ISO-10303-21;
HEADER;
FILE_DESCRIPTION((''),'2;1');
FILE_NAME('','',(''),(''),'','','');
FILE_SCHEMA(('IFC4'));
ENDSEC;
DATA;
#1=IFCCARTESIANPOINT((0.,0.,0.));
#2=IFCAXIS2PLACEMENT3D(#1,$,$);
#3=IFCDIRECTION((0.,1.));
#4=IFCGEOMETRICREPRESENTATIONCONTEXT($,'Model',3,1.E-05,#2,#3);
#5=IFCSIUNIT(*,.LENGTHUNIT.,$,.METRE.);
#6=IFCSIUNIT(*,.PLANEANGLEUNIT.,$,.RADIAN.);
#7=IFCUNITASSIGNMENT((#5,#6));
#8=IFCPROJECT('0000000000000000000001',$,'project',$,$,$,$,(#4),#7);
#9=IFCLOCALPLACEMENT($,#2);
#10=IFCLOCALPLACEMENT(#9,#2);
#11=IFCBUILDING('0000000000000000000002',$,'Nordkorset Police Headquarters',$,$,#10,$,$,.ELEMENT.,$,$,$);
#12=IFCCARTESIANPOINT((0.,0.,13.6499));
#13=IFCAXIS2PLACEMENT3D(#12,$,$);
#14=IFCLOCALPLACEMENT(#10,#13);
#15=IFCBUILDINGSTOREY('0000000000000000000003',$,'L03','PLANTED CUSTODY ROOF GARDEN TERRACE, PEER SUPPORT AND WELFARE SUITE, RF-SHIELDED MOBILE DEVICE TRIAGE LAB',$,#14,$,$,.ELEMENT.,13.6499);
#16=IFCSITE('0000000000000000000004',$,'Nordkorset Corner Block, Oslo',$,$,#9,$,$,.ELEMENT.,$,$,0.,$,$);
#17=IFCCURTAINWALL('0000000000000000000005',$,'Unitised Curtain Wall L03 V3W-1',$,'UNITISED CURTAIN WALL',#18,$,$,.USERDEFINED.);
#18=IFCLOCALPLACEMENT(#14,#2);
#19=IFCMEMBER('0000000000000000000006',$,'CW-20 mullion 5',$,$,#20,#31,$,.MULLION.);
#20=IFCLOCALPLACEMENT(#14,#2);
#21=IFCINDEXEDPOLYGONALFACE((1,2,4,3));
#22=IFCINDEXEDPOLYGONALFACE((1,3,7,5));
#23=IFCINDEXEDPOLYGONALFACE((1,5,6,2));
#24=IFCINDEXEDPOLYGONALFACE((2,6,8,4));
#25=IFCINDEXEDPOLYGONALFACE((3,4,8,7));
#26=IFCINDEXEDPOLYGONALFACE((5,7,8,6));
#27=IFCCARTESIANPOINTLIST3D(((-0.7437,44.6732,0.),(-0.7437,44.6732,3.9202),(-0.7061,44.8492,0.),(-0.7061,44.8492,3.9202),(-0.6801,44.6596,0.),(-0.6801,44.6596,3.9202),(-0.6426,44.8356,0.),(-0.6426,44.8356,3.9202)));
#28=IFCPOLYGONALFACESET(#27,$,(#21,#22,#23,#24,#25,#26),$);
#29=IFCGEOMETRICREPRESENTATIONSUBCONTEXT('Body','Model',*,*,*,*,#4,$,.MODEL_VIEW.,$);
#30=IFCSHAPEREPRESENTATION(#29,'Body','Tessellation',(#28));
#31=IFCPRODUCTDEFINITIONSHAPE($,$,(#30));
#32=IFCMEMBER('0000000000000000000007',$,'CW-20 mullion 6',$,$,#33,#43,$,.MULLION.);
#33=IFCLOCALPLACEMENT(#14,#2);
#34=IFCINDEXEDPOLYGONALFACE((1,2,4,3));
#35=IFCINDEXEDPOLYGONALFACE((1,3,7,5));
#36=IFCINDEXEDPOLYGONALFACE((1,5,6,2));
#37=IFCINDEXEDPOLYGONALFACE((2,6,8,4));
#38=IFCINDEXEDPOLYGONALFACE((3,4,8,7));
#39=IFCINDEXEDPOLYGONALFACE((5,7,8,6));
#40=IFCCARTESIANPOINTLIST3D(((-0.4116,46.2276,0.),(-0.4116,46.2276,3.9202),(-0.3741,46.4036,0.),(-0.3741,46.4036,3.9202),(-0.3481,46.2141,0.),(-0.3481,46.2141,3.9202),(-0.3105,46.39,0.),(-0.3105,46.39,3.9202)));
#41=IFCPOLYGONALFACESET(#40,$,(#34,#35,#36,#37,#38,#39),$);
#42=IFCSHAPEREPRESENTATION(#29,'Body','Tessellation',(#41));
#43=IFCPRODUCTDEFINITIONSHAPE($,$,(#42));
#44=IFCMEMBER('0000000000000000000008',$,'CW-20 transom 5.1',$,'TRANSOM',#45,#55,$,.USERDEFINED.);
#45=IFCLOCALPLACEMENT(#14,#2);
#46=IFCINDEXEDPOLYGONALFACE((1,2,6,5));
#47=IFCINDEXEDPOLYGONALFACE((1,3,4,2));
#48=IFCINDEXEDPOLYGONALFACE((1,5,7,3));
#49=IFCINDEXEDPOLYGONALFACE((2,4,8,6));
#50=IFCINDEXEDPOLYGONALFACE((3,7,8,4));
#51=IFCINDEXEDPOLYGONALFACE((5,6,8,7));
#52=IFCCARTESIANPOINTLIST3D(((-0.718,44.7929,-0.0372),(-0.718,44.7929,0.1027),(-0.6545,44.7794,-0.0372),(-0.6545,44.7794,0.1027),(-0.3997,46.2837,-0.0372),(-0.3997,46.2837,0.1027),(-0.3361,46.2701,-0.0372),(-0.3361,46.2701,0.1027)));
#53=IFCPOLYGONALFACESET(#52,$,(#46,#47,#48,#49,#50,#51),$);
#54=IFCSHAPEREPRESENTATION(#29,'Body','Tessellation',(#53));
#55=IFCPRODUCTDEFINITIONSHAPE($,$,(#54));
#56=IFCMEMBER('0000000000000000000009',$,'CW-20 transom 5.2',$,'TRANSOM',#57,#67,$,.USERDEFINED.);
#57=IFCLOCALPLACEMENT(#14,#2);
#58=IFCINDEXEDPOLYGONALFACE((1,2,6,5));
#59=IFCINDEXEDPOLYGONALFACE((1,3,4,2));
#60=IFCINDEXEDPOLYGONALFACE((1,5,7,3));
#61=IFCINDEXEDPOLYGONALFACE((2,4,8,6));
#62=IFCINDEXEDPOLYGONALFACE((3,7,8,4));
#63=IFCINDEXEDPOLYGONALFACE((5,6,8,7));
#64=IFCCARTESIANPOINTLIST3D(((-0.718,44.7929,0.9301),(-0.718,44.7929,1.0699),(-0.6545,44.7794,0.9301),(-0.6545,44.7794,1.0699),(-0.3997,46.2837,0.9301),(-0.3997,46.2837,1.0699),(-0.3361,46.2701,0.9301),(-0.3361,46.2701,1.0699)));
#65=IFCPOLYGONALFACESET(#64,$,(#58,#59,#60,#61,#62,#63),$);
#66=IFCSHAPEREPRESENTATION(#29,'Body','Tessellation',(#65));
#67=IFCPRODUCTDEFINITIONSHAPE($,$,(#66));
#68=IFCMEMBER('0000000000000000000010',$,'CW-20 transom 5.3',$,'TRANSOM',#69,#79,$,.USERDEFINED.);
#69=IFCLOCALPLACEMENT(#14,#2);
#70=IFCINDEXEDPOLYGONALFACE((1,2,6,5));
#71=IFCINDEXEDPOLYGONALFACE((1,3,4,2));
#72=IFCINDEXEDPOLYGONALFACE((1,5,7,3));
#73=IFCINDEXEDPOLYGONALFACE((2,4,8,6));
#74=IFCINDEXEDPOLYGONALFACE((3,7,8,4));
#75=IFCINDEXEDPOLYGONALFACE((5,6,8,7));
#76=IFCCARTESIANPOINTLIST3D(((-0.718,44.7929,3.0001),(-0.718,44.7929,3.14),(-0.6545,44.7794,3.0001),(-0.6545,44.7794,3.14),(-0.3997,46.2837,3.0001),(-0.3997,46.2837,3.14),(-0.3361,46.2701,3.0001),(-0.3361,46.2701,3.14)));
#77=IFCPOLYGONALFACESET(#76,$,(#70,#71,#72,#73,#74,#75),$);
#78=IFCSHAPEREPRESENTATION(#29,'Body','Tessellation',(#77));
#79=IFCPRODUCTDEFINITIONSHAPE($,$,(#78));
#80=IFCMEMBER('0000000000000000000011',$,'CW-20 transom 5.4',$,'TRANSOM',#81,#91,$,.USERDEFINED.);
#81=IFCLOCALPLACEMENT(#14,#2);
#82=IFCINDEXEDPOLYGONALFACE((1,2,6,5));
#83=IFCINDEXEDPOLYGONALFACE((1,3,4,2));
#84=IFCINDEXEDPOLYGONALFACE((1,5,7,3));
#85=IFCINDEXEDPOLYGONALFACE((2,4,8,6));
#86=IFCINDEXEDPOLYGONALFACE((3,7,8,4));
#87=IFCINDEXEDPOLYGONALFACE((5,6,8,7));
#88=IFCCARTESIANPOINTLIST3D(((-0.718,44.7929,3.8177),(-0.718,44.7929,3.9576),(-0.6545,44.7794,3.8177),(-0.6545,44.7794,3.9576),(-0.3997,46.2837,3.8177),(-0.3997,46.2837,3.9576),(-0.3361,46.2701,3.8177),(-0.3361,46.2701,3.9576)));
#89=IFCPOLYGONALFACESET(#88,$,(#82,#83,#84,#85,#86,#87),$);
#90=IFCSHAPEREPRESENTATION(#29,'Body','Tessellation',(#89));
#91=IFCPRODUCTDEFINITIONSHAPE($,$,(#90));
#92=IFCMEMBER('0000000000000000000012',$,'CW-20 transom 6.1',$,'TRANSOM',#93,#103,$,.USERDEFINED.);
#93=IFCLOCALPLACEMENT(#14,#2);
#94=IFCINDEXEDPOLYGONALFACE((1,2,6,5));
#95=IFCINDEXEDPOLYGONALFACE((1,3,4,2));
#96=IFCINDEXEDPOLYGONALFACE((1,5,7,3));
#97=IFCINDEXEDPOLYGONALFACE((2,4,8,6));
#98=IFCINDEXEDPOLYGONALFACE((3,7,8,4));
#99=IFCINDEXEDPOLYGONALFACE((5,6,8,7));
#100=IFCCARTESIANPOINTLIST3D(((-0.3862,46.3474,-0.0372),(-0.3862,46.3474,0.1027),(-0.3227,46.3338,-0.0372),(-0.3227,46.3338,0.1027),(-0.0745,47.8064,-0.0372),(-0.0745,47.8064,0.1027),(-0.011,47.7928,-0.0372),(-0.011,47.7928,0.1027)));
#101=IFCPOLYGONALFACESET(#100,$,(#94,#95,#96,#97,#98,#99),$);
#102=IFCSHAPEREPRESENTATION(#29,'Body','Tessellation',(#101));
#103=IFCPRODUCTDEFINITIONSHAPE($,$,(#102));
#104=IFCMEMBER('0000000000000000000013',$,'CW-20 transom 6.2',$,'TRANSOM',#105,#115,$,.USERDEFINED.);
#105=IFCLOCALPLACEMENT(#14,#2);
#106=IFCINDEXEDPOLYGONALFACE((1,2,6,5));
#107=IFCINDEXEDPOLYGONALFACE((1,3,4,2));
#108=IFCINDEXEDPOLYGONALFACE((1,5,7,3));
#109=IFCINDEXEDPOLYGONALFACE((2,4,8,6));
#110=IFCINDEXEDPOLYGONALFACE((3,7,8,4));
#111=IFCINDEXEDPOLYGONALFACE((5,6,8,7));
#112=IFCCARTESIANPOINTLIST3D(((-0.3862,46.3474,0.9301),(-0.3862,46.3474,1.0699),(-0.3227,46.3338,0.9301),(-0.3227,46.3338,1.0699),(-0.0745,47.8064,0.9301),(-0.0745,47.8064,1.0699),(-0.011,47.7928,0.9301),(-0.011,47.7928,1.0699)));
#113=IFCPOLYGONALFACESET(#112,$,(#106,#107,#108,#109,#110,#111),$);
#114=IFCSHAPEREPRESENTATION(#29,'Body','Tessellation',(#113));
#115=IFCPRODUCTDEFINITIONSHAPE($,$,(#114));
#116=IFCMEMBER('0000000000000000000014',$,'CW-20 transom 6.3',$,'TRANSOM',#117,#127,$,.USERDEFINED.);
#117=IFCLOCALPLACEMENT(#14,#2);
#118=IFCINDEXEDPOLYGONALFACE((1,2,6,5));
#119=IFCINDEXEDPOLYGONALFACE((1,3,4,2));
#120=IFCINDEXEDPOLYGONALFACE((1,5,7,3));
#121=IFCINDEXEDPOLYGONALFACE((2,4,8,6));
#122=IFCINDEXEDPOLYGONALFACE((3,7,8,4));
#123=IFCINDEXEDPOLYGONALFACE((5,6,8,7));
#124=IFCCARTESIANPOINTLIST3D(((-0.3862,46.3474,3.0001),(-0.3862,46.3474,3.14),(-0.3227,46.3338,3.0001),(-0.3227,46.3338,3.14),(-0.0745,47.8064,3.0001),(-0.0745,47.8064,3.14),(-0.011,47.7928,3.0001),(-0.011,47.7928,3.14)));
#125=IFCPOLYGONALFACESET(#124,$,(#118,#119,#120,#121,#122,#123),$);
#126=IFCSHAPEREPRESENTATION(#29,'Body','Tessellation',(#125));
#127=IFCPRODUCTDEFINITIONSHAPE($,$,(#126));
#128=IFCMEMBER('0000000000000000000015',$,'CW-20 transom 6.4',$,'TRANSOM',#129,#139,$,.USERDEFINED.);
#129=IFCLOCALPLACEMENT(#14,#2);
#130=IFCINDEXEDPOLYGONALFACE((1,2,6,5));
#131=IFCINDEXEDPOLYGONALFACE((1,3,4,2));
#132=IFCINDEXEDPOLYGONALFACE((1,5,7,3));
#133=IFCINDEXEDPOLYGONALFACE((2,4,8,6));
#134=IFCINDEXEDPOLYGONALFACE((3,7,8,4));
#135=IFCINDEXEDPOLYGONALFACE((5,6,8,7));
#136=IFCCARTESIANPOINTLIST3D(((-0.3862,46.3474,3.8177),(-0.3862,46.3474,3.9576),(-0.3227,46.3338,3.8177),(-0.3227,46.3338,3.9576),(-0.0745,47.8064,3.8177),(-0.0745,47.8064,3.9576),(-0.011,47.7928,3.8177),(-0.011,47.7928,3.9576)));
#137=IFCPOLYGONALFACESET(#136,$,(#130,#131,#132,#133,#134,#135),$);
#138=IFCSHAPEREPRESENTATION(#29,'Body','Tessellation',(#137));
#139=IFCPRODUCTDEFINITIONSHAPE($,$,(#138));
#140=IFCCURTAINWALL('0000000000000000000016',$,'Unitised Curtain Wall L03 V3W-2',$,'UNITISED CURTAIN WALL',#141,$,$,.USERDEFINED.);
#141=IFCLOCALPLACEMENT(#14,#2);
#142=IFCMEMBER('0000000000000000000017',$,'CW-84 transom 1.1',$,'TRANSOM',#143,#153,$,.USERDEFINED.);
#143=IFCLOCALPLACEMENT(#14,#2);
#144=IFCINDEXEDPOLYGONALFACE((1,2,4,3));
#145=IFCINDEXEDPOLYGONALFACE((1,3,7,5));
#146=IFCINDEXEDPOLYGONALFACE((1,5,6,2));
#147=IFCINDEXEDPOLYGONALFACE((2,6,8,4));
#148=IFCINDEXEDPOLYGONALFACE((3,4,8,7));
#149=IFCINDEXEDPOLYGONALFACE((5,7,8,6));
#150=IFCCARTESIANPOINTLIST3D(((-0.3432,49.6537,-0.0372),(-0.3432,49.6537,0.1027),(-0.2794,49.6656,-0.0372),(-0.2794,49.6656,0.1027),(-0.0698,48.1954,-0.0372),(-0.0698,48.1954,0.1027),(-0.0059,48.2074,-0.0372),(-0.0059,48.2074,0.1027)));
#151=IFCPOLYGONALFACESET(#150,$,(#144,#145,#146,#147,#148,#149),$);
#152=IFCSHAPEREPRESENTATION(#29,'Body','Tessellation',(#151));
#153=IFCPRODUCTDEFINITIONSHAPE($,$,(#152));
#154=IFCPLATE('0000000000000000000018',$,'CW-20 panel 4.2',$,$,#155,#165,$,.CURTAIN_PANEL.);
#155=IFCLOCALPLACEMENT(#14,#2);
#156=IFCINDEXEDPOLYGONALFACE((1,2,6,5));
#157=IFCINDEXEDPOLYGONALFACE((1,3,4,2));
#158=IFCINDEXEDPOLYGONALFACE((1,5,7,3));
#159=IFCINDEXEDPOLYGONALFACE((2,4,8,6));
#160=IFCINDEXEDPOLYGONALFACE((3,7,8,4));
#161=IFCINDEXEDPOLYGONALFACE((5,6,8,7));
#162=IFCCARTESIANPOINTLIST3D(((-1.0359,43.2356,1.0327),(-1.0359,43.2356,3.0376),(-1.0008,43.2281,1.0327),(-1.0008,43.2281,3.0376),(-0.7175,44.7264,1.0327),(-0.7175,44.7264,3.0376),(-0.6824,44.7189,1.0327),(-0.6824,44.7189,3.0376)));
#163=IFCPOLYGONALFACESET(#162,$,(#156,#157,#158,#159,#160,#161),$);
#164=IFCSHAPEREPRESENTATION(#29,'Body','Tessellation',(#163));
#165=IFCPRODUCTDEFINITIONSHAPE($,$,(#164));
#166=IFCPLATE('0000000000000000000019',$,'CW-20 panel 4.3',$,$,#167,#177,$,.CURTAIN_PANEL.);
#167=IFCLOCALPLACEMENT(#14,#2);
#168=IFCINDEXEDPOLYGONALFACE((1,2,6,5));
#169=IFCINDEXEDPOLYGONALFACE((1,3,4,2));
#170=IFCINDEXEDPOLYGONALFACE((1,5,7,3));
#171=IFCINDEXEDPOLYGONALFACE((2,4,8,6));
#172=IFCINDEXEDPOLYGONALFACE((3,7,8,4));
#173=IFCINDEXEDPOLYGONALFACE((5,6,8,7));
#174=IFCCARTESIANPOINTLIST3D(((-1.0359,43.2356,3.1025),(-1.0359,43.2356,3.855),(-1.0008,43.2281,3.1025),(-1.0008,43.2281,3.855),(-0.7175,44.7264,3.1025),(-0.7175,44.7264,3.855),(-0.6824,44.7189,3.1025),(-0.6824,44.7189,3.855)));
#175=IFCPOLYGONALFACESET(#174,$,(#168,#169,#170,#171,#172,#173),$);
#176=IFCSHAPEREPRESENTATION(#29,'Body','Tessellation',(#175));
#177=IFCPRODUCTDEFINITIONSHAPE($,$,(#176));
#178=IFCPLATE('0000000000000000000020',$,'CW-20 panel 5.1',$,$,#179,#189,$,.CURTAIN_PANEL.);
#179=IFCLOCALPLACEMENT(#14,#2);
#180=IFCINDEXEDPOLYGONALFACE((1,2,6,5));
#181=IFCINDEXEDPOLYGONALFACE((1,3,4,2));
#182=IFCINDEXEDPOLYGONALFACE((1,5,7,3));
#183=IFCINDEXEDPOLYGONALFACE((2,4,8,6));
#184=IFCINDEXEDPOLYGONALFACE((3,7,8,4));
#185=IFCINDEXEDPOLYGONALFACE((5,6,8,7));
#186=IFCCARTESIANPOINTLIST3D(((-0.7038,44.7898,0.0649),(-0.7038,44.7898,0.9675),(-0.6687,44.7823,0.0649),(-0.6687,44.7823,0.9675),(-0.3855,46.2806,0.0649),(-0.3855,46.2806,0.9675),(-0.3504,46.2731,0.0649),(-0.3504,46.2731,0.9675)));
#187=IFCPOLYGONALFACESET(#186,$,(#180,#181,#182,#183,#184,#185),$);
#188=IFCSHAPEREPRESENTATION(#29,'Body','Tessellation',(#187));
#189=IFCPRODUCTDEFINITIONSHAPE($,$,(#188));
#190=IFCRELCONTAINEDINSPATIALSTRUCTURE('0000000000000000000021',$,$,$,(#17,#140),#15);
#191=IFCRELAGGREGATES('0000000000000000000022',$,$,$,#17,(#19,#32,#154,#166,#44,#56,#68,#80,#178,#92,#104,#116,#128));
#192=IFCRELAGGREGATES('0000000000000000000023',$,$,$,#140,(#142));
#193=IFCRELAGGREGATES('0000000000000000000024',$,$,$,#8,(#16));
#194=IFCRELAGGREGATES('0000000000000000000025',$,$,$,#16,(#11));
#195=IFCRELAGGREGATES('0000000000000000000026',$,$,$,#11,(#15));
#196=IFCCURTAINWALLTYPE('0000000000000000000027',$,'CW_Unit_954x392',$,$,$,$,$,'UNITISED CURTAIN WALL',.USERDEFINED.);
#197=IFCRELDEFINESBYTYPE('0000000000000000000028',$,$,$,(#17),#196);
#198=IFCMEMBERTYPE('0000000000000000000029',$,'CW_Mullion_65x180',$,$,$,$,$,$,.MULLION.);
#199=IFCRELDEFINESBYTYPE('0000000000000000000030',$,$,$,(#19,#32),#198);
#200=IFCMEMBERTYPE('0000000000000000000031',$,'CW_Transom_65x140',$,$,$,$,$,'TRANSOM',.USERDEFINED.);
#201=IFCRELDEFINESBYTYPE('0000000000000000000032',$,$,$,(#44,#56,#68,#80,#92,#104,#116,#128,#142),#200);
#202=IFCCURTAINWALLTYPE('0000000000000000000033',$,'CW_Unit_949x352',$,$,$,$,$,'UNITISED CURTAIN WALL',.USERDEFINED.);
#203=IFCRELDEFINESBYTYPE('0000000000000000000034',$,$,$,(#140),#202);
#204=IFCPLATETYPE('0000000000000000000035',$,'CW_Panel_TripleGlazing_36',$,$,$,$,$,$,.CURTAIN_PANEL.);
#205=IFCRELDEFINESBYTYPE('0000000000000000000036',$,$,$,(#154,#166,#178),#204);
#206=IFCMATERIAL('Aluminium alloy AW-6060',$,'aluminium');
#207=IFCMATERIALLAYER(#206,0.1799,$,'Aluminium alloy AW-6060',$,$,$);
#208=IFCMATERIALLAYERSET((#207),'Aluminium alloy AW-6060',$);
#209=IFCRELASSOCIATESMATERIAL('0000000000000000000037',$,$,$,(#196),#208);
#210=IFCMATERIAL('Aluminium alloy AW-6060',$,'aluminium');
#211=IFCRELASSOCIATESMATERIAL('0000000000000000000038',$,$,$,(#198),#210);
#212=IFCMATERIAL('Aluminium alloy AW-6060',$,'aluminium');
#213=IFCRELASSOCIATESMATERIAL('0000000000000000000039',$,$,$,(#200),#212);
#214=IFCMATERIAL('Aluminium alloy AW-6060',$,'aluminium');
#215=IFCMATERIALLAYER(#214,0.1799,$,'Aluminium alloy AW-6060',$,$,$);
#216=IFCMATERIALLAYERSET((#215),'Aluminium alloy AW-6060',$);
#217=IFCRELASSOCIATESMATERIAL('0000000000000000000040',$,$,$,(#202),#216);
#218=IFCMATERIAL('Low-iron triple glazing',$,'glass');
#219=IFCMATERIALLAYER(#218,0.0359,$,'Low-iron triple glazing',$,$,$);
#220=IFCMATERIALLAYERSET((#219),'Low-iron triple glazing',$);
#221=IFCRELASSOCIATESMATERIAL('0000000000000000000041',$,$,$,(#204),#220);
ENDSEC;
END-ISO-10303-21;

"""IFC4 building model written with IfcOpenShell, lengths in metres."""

from ifc_helpers import new_model, si_unit, direction, frame, origin, origin_2d, place, context, subcontext, project, spatial, rectangle, extrude, material, layer, layer_set, material_profile, profile_set, type_object, element, aggregate, save


model = new_model("IFC4")

# Units and contexts
model_context = context("Model", 3, precision=1e-05, world=origin(), true_north=direction((0.0, 1.0)))
body_context = subcontext(model_context, "Body", "Model", "MODEL_VIEW")
ifc_project = project(units=[si_unit("LENGTHUNIT", "METRE"), si_unit("PLANEANGLEUNIT", "RADIAN")], contexts=[model_context])

# Site, building, storey
site_placement = place(None, origin())
site = spatial("IfcSite", under=ifc_project, at=site_placement, Name="Nordkorset Corner Block, Oslo", CompositionType="ELEMENT", RefElevation=0.0)
building_placement = place(site_placement, origin())
building = spatial("IfcBuilding", under=site, at=building_placement, Name="Nordkorset Police Headquarters", CompositionType="ELEMENT")
storey_placement = place(building_placement, frame((0.0, 0.0, 13.6499)))
storey = spatial("IfcBuildingStorey", under=building, at=storey_placement, Name="L03", Description="PLANTED CUSTODY ROOF GARDEN TERRACE, PEER SUPPORT AND WELFARE SUITE, RF-SHIELDED MOBILE DEVICE TRIAGE LAB", CompositionType="ELEMENT", Elevation=13.6499)

# Curtain wall, members
ifc_material_1 = material(Name="Aluminium alloy AW-6060", Category="aluminium")
ifc_layer_1 = layer(ifc_material_1, 0.1799, Name="Aluminium alloy AW-6060")
ifc_layer_set_1 = layer_set([ifc_layer_1], Name="Aluminium alloy AW-6060")
curtain_wall_type_1 = type_object("IfcCurtainWallType", Name="CW_Unit_954x392", ElementType="UNITISED CURTAIN WALL", PredefinedType="USERDEFINED", material=ifc_layer_set_1)
curtain_wall_1_placement = place(storey_placement, origin())
curtain_wall_1 = element("IfcCurtainWall", 1, at=curtain_wall_1_placement, inside=storey, type_object=curtain_wall_type_1, Name="Unitised Curtain Wall L03 V3W-1", ObjectType="UNITISED CURTAIN WALL", PredefinedType="USERDEFINED")
ifc_material_2 = material(Name="Aluminium alloy AW-6060", Category="aluminium")
ifc_material_profile_1 = material_profile(ifc_material_2, rectangle(XDim=0.0649, YDim=0.1799, at=origin_2d()), Name="ALU MULL 65x180")
ifc_profile_set_1 = profile_set([ifc_material_profile_1], Name="Aluminium alloy AW-6060")
member_type_1 = type_object("IfcMemberType", Name="CW_Mullion_65x180", PredefinedType="MULLION", material=ifc_profile_set_1)
member_1_placement = place(storey_placement, frame((-0.6931, 44.7544, 0.0), z_axis=(0.0, 0.0, 1.0), x_axis=(-0.977951, 0.208833, 0.0)))
member_1 = element("IfcMember", 2, at=member_1_placement, type_object=member_type_1, Name="CW-20 mullion 5", PredefinedType="MULLION", context=body_context, shape_type="SweptSolid", body=[
    extrude(rectangle(XDim=0.0649, YDim=0.1799, at=origin_2d()), origin(), (0.0, 0.0, 1.0), 3.9202),
])
member_2_placement = place(storey_placement, frame((-0.3611, 46.3088, 0.0), z_axis=(0.0, 0.0, 1.0), x_axis=(-0.977951, 0.208833, 0.0)))
member_2 = element("IfcMember", 3, at=member_2_placement, type_object=member_type_1, Name="CW-20 mullion 6", PredefinedType="MULLION", context=body_context, shape_type="SweptSolid", body=[
    extrude(rectangle(XDim=0.0649, YDim=0.1799, at=origin_2d()), origin(), (0.0, 0.0, 1.0), 3.9202),
])
ifc_material_3 = material(Name="Aluminium alloy AW-6060", Category="aluminium")
ifc_material_profile_2 = material_profile(ifc_material_3, rectangle(XDim=0.0649, YDim=0.1399, at=origin_2d()), Name="ALU TRAN 65x140")
ifc_profile_set_2 = profile_set([ifc_material_profile_2], Name="Aluminium alloy AW-6060")
member_type_2 = type_object("IfcMemberType", Name="CW_Transom_65x140", ElementType="TRANSOM", PredefinedType="USERDEFINED", material=ifc_profile_set_2)
member_3_placement = place(storey_placement, frame((-0.6863, 44.7861, 0.0327), z_axis=(0.208851, 0.977947, 0.0), x_axis=(-0.977947, 0.208851, 0.0)))
member_3 = element("IfcMember", 4, at=member_3_placement, type_object=member_type_2, Name="CW-20 transom 5.1", ObjectType="TRANSOM", PredefinedType="USERDEFINED", context=body_context, shape_type="SweptSolid", body=[
    extrude(rectangle(XDim=0.0649, YDim=0.1399, at=origin_2d()), origin(), (0.0, 0.0, 1.0), 1.5244),
])
member_4_placement = place(storey_placement, frame((-0.6863, 44.7861, 1.0), z_axis=(0.208851, 0.977947, 0.0), x_axis=(-0.977947, 0.208851, 0.0)))
member_4 = element("IfcMember", 5, at=member_4_placement, type_object=member_type_2, Name="CW-20 transom 5.2", ObjectType="TRANSOM", PredefinedType="USERDEFINED", context=body_context, shape_type="SweptSolid", body=[
    extrude(rectangle(XDim=0.0649, YDim=0.1399, at=origin_2d()), origin(), (0.0, 0.0, 1.0), 1.5244),
])
member_5_placement = place(storey_placement, frame((-0.6863, 44.7861, 3.0701), z_axis=(0.208851, 0.977947, 0.0), x_axis=(-0.977947, 0.208851, 0.0)))
member_5 = element("IfcMember", 6, at=member_5_placement, type_object=member_type_2, Name="CW-20 transom 5.3", ObjectType="TRANSOM", PredefinedType="USERDEFINED", context=body_context, shape_type="SweptSolid", body=[
    extrude(rectangle(XDim=0.0649, YDim=0.1399, at=origin_2d()), origin(), (0.0, 0.0, 1.0), 1.5244),
])
member_6_placement = place(storey_placement, frame((-0.6863, 44.7861, 3.8877), z_axis=(0.208851, 0.977947, 0.0), x_axis=(-0.977947, 0.208851, 0.0)))
member_6 = element("IfcMember", 7, at=member_6_placement, type_object=member_type_2, Name="CW-20 transom 5.4", ObjectType="TRANSOM", PredefinedType="USERDEFINED", context=body_context, shape_type="SweptSolid", body=[
    extrude(rectangle(XDim=0.0649, YDim=0.1399, at=origin_2d()), origin(), (0.0, 0.0, 1.0), 1.5244),
])
member_7_placement = place(storey_placement, frame((-0.3545, 46.3406, 0.0327), z_axis=(0.20897, 0.977922, 0.0), x_axis=(-0.977922, 0.20897, 0.0)))
member_7 = element("IfcMember", 8, at=member_7_placement, type_object=member_type_2, Name="CW-20 transom 6.1", ObjectType="TRANSOM", PredefinedType="USERDEFINED", context=body_context, shape_type="SweptSolid", body=[
    extrude(rectangle(XDim=0.0649, YDim=0.1399, at=origin_2d()), origin(), (0.0, 0.0, 1.0), 1.4919),
])
member_8_placement = place(storey_placement, frame((-0.3545, 46.3406, 1.0), z_axis=(0.20897, 0.977922, 0.0), x_axis=(-0.977922, 0.20897, 0.0)))
member_8 = element("IfcMember", 9, at=member_8_placement, type_object=member_type_2, Name="CW-20 transom 6.2", ObjectType="TRANSOM", PredefinedType="USERDEFINED", context=body_context, shape_type="SweptSolid", body=[
    extrude(rectangle(XDim=0.0649, YDim=0.1399, at=origin_2d()), origin(), (0.0, 0.0, 1.0), 1.4919),
])
member_9_placement = place(storey_placement, frame((-0.3545, 46.3406, 3.0701), z_axis=(0.20897, 0.977922, 0.0), x_axis=(-0.977922, 0.20897, 0.0)))
member_9 = element("IfcMember", 10, at=member_9_placement, type_object=member_type_2, Name="CW-20 transom 6.3", ObjectType="TRANSOM", PredefinedType="USERDEFINED", context=body_context, shape_type="SweptSolid", body=[
    extrude(rectangle(XDim=0.0649, YDim=0.1399, at=origin_2d()), origin(), (0.0, 0.0, 1.0), 1.4919),
])
member_10_placement = place(storey_placement, frame((-0.3545, 46.3406, 3.8877), z_axis=(0.20897, 0.977922, 0.0), x_axis=(-0.977922, 0.20897, 0.0)))
member_10 = element("IfcMember", 11, at=member_10_placement, type_object=member_type_2, Name="CW-20 transom 6.4", ObjectType="TRANSOM", PredefinedType="USERDEFINED", context=body_context, shape_type="SweptSolid", body=[
    extrude(rectangle(XDim=0.0649, YDim=0.1399, at=origin_2d()), origin(), (0.0, 0.0, 1.0), 1.4919),
])

# Curtain wall, member
ifc_material_4 = material(Name="Aluminium alloy AW-6060", Category="aluminium")
ifc_layer_2 = layer(ifc_material_4, 0.1799, Name="Aluminium alloy AW-6060")
ifc_layer_set_2 = layer_set([ifc_layer_2], Name="Aluminium alloy AW-6060")
curtain_wall_type_2 = type_object("IfcCurtainWallType", Name="CW_Unit_949x352", ElementType="UNITISED CURTAIN WALL", PredefinedType="USERDEFINED", material=ifc_layer_set_2)
curtain_wall_2_placement = place(storey_placement, origin())
curtain_wall_2 = element("IfcCurtainWall", 12, at=curtain_wall_2_placement, inside=storey, type_object=curtain_wall_type_2, Name="Unitised Curtain Wall L03 V3W-2", ObjectType="UNITISED CURTAIN WALL", PredefinedType="USERDEFINED")
member_11_placement = place(storey_placement, frame((-0.0378, 48.2014, 0.0327), z_axis=(-0.184298, 0.98287, 0.0), x_axis=(-0.98287, -0.184298, 0.0)))
member_11 = element("IfcMember", 13, at=member_11_placement, type_object=member_type_2, Name="CW-84 transom 1.1", ObjectType="TRANSOM", PredefinedType="USERDEFINED", context=body_context, shape_type="SweptSolid", body=[
    extrude(rectangle(XDim=0.0649, YDim=0.1399, at=origin_2d()), origin(), (0.0, 0.0, 1.0), 1.4836),
])

# Plates
ifc_material_5 = material(Name="Low-iron triple glazing", Category="glass")
ifc_layer_3 = layer(ifc_material_5, 0.0359, Name="Low-iron triple glazing")
ifc_layer_set_3 = layer_set([ifc_layer_3], Name="Low-iron triple glazing")
plate_type = type_object("IfcPlateType", Name="CW_Panel_TripleGlazing_36", PredefinedType="CURTAIN_PANEL", material=ifc_layer_set_3)
plate_1_placement = place(storey_placement, frame((-0.8591, 43.9773, 1.0327), z_axis=(0.0, 0.0, 1.0), x_axis=(0.208833, 0.977951, 0.0)))
plate_1 = element("IfcPlate", 14, at=plate_1_placement, type_object=plate_type, Name="CW-20 panel 4.2", PredefinedType="CURTAIN_PANEL", context=body_context, shape_type="SweptSolid", body=[
    extrude(rectangle(XDim=1.5244, YDim=0.0359, at=origin_2d()), origin(), (0.0, 0.0, 1.0), 2.0049),
])
plate_2_placement = place(storey_placement, frame((-0.8591, 43.9773, 3.1025), z_axis=(0.0, 0.0, 1.0), x_axis=(0.208833, 0.977951, 0.0)))
plate_2 = element("IfcPlate", 15, at=plate_2_placement, type_object=plate_type, Name="CW-20 panel 4.3", PredefinedType="CURTAIN_PANEL", context=body_context, shape_type="SweptSolid", body=[
    extrude(rectangle(XDim=1.5244, YDim=0.0359, at=origin_2d()), origin(), (0.0, 0.0, 1.0), 0.7524),
])
plate_3_placement = place(storey_placement, frame((-0.5271, 45.5315, 0.0649), z_axis=(0.0, 0.0, 1.0), x_axis=(0.208833, 0.977951, 0.0)))
plate_3 = element("IfcPlate", 16, at=plate_3_placement, type_object=plate_type, Name="CW-20 panel 5.1", PredefinedType="CURTAIN_PANEL", context=body_context, shape_type="SweptSolid", body=[
    extrude(rectangle(XDim=1.5244, YDim=0.0359, at=origin_2d()), origin(), (0.0, 0.0, 1.0), 0.9026),
])
aggregate(curtain_wall_1, [member_1, member_2, plate_1, plate_2, member_3, member_4, member_5, member_6, plate_3, member_7, member_8, member_9, member_10])
aggregate(curtain_wall_2, [member_11])

save(model, "model.ifc")
